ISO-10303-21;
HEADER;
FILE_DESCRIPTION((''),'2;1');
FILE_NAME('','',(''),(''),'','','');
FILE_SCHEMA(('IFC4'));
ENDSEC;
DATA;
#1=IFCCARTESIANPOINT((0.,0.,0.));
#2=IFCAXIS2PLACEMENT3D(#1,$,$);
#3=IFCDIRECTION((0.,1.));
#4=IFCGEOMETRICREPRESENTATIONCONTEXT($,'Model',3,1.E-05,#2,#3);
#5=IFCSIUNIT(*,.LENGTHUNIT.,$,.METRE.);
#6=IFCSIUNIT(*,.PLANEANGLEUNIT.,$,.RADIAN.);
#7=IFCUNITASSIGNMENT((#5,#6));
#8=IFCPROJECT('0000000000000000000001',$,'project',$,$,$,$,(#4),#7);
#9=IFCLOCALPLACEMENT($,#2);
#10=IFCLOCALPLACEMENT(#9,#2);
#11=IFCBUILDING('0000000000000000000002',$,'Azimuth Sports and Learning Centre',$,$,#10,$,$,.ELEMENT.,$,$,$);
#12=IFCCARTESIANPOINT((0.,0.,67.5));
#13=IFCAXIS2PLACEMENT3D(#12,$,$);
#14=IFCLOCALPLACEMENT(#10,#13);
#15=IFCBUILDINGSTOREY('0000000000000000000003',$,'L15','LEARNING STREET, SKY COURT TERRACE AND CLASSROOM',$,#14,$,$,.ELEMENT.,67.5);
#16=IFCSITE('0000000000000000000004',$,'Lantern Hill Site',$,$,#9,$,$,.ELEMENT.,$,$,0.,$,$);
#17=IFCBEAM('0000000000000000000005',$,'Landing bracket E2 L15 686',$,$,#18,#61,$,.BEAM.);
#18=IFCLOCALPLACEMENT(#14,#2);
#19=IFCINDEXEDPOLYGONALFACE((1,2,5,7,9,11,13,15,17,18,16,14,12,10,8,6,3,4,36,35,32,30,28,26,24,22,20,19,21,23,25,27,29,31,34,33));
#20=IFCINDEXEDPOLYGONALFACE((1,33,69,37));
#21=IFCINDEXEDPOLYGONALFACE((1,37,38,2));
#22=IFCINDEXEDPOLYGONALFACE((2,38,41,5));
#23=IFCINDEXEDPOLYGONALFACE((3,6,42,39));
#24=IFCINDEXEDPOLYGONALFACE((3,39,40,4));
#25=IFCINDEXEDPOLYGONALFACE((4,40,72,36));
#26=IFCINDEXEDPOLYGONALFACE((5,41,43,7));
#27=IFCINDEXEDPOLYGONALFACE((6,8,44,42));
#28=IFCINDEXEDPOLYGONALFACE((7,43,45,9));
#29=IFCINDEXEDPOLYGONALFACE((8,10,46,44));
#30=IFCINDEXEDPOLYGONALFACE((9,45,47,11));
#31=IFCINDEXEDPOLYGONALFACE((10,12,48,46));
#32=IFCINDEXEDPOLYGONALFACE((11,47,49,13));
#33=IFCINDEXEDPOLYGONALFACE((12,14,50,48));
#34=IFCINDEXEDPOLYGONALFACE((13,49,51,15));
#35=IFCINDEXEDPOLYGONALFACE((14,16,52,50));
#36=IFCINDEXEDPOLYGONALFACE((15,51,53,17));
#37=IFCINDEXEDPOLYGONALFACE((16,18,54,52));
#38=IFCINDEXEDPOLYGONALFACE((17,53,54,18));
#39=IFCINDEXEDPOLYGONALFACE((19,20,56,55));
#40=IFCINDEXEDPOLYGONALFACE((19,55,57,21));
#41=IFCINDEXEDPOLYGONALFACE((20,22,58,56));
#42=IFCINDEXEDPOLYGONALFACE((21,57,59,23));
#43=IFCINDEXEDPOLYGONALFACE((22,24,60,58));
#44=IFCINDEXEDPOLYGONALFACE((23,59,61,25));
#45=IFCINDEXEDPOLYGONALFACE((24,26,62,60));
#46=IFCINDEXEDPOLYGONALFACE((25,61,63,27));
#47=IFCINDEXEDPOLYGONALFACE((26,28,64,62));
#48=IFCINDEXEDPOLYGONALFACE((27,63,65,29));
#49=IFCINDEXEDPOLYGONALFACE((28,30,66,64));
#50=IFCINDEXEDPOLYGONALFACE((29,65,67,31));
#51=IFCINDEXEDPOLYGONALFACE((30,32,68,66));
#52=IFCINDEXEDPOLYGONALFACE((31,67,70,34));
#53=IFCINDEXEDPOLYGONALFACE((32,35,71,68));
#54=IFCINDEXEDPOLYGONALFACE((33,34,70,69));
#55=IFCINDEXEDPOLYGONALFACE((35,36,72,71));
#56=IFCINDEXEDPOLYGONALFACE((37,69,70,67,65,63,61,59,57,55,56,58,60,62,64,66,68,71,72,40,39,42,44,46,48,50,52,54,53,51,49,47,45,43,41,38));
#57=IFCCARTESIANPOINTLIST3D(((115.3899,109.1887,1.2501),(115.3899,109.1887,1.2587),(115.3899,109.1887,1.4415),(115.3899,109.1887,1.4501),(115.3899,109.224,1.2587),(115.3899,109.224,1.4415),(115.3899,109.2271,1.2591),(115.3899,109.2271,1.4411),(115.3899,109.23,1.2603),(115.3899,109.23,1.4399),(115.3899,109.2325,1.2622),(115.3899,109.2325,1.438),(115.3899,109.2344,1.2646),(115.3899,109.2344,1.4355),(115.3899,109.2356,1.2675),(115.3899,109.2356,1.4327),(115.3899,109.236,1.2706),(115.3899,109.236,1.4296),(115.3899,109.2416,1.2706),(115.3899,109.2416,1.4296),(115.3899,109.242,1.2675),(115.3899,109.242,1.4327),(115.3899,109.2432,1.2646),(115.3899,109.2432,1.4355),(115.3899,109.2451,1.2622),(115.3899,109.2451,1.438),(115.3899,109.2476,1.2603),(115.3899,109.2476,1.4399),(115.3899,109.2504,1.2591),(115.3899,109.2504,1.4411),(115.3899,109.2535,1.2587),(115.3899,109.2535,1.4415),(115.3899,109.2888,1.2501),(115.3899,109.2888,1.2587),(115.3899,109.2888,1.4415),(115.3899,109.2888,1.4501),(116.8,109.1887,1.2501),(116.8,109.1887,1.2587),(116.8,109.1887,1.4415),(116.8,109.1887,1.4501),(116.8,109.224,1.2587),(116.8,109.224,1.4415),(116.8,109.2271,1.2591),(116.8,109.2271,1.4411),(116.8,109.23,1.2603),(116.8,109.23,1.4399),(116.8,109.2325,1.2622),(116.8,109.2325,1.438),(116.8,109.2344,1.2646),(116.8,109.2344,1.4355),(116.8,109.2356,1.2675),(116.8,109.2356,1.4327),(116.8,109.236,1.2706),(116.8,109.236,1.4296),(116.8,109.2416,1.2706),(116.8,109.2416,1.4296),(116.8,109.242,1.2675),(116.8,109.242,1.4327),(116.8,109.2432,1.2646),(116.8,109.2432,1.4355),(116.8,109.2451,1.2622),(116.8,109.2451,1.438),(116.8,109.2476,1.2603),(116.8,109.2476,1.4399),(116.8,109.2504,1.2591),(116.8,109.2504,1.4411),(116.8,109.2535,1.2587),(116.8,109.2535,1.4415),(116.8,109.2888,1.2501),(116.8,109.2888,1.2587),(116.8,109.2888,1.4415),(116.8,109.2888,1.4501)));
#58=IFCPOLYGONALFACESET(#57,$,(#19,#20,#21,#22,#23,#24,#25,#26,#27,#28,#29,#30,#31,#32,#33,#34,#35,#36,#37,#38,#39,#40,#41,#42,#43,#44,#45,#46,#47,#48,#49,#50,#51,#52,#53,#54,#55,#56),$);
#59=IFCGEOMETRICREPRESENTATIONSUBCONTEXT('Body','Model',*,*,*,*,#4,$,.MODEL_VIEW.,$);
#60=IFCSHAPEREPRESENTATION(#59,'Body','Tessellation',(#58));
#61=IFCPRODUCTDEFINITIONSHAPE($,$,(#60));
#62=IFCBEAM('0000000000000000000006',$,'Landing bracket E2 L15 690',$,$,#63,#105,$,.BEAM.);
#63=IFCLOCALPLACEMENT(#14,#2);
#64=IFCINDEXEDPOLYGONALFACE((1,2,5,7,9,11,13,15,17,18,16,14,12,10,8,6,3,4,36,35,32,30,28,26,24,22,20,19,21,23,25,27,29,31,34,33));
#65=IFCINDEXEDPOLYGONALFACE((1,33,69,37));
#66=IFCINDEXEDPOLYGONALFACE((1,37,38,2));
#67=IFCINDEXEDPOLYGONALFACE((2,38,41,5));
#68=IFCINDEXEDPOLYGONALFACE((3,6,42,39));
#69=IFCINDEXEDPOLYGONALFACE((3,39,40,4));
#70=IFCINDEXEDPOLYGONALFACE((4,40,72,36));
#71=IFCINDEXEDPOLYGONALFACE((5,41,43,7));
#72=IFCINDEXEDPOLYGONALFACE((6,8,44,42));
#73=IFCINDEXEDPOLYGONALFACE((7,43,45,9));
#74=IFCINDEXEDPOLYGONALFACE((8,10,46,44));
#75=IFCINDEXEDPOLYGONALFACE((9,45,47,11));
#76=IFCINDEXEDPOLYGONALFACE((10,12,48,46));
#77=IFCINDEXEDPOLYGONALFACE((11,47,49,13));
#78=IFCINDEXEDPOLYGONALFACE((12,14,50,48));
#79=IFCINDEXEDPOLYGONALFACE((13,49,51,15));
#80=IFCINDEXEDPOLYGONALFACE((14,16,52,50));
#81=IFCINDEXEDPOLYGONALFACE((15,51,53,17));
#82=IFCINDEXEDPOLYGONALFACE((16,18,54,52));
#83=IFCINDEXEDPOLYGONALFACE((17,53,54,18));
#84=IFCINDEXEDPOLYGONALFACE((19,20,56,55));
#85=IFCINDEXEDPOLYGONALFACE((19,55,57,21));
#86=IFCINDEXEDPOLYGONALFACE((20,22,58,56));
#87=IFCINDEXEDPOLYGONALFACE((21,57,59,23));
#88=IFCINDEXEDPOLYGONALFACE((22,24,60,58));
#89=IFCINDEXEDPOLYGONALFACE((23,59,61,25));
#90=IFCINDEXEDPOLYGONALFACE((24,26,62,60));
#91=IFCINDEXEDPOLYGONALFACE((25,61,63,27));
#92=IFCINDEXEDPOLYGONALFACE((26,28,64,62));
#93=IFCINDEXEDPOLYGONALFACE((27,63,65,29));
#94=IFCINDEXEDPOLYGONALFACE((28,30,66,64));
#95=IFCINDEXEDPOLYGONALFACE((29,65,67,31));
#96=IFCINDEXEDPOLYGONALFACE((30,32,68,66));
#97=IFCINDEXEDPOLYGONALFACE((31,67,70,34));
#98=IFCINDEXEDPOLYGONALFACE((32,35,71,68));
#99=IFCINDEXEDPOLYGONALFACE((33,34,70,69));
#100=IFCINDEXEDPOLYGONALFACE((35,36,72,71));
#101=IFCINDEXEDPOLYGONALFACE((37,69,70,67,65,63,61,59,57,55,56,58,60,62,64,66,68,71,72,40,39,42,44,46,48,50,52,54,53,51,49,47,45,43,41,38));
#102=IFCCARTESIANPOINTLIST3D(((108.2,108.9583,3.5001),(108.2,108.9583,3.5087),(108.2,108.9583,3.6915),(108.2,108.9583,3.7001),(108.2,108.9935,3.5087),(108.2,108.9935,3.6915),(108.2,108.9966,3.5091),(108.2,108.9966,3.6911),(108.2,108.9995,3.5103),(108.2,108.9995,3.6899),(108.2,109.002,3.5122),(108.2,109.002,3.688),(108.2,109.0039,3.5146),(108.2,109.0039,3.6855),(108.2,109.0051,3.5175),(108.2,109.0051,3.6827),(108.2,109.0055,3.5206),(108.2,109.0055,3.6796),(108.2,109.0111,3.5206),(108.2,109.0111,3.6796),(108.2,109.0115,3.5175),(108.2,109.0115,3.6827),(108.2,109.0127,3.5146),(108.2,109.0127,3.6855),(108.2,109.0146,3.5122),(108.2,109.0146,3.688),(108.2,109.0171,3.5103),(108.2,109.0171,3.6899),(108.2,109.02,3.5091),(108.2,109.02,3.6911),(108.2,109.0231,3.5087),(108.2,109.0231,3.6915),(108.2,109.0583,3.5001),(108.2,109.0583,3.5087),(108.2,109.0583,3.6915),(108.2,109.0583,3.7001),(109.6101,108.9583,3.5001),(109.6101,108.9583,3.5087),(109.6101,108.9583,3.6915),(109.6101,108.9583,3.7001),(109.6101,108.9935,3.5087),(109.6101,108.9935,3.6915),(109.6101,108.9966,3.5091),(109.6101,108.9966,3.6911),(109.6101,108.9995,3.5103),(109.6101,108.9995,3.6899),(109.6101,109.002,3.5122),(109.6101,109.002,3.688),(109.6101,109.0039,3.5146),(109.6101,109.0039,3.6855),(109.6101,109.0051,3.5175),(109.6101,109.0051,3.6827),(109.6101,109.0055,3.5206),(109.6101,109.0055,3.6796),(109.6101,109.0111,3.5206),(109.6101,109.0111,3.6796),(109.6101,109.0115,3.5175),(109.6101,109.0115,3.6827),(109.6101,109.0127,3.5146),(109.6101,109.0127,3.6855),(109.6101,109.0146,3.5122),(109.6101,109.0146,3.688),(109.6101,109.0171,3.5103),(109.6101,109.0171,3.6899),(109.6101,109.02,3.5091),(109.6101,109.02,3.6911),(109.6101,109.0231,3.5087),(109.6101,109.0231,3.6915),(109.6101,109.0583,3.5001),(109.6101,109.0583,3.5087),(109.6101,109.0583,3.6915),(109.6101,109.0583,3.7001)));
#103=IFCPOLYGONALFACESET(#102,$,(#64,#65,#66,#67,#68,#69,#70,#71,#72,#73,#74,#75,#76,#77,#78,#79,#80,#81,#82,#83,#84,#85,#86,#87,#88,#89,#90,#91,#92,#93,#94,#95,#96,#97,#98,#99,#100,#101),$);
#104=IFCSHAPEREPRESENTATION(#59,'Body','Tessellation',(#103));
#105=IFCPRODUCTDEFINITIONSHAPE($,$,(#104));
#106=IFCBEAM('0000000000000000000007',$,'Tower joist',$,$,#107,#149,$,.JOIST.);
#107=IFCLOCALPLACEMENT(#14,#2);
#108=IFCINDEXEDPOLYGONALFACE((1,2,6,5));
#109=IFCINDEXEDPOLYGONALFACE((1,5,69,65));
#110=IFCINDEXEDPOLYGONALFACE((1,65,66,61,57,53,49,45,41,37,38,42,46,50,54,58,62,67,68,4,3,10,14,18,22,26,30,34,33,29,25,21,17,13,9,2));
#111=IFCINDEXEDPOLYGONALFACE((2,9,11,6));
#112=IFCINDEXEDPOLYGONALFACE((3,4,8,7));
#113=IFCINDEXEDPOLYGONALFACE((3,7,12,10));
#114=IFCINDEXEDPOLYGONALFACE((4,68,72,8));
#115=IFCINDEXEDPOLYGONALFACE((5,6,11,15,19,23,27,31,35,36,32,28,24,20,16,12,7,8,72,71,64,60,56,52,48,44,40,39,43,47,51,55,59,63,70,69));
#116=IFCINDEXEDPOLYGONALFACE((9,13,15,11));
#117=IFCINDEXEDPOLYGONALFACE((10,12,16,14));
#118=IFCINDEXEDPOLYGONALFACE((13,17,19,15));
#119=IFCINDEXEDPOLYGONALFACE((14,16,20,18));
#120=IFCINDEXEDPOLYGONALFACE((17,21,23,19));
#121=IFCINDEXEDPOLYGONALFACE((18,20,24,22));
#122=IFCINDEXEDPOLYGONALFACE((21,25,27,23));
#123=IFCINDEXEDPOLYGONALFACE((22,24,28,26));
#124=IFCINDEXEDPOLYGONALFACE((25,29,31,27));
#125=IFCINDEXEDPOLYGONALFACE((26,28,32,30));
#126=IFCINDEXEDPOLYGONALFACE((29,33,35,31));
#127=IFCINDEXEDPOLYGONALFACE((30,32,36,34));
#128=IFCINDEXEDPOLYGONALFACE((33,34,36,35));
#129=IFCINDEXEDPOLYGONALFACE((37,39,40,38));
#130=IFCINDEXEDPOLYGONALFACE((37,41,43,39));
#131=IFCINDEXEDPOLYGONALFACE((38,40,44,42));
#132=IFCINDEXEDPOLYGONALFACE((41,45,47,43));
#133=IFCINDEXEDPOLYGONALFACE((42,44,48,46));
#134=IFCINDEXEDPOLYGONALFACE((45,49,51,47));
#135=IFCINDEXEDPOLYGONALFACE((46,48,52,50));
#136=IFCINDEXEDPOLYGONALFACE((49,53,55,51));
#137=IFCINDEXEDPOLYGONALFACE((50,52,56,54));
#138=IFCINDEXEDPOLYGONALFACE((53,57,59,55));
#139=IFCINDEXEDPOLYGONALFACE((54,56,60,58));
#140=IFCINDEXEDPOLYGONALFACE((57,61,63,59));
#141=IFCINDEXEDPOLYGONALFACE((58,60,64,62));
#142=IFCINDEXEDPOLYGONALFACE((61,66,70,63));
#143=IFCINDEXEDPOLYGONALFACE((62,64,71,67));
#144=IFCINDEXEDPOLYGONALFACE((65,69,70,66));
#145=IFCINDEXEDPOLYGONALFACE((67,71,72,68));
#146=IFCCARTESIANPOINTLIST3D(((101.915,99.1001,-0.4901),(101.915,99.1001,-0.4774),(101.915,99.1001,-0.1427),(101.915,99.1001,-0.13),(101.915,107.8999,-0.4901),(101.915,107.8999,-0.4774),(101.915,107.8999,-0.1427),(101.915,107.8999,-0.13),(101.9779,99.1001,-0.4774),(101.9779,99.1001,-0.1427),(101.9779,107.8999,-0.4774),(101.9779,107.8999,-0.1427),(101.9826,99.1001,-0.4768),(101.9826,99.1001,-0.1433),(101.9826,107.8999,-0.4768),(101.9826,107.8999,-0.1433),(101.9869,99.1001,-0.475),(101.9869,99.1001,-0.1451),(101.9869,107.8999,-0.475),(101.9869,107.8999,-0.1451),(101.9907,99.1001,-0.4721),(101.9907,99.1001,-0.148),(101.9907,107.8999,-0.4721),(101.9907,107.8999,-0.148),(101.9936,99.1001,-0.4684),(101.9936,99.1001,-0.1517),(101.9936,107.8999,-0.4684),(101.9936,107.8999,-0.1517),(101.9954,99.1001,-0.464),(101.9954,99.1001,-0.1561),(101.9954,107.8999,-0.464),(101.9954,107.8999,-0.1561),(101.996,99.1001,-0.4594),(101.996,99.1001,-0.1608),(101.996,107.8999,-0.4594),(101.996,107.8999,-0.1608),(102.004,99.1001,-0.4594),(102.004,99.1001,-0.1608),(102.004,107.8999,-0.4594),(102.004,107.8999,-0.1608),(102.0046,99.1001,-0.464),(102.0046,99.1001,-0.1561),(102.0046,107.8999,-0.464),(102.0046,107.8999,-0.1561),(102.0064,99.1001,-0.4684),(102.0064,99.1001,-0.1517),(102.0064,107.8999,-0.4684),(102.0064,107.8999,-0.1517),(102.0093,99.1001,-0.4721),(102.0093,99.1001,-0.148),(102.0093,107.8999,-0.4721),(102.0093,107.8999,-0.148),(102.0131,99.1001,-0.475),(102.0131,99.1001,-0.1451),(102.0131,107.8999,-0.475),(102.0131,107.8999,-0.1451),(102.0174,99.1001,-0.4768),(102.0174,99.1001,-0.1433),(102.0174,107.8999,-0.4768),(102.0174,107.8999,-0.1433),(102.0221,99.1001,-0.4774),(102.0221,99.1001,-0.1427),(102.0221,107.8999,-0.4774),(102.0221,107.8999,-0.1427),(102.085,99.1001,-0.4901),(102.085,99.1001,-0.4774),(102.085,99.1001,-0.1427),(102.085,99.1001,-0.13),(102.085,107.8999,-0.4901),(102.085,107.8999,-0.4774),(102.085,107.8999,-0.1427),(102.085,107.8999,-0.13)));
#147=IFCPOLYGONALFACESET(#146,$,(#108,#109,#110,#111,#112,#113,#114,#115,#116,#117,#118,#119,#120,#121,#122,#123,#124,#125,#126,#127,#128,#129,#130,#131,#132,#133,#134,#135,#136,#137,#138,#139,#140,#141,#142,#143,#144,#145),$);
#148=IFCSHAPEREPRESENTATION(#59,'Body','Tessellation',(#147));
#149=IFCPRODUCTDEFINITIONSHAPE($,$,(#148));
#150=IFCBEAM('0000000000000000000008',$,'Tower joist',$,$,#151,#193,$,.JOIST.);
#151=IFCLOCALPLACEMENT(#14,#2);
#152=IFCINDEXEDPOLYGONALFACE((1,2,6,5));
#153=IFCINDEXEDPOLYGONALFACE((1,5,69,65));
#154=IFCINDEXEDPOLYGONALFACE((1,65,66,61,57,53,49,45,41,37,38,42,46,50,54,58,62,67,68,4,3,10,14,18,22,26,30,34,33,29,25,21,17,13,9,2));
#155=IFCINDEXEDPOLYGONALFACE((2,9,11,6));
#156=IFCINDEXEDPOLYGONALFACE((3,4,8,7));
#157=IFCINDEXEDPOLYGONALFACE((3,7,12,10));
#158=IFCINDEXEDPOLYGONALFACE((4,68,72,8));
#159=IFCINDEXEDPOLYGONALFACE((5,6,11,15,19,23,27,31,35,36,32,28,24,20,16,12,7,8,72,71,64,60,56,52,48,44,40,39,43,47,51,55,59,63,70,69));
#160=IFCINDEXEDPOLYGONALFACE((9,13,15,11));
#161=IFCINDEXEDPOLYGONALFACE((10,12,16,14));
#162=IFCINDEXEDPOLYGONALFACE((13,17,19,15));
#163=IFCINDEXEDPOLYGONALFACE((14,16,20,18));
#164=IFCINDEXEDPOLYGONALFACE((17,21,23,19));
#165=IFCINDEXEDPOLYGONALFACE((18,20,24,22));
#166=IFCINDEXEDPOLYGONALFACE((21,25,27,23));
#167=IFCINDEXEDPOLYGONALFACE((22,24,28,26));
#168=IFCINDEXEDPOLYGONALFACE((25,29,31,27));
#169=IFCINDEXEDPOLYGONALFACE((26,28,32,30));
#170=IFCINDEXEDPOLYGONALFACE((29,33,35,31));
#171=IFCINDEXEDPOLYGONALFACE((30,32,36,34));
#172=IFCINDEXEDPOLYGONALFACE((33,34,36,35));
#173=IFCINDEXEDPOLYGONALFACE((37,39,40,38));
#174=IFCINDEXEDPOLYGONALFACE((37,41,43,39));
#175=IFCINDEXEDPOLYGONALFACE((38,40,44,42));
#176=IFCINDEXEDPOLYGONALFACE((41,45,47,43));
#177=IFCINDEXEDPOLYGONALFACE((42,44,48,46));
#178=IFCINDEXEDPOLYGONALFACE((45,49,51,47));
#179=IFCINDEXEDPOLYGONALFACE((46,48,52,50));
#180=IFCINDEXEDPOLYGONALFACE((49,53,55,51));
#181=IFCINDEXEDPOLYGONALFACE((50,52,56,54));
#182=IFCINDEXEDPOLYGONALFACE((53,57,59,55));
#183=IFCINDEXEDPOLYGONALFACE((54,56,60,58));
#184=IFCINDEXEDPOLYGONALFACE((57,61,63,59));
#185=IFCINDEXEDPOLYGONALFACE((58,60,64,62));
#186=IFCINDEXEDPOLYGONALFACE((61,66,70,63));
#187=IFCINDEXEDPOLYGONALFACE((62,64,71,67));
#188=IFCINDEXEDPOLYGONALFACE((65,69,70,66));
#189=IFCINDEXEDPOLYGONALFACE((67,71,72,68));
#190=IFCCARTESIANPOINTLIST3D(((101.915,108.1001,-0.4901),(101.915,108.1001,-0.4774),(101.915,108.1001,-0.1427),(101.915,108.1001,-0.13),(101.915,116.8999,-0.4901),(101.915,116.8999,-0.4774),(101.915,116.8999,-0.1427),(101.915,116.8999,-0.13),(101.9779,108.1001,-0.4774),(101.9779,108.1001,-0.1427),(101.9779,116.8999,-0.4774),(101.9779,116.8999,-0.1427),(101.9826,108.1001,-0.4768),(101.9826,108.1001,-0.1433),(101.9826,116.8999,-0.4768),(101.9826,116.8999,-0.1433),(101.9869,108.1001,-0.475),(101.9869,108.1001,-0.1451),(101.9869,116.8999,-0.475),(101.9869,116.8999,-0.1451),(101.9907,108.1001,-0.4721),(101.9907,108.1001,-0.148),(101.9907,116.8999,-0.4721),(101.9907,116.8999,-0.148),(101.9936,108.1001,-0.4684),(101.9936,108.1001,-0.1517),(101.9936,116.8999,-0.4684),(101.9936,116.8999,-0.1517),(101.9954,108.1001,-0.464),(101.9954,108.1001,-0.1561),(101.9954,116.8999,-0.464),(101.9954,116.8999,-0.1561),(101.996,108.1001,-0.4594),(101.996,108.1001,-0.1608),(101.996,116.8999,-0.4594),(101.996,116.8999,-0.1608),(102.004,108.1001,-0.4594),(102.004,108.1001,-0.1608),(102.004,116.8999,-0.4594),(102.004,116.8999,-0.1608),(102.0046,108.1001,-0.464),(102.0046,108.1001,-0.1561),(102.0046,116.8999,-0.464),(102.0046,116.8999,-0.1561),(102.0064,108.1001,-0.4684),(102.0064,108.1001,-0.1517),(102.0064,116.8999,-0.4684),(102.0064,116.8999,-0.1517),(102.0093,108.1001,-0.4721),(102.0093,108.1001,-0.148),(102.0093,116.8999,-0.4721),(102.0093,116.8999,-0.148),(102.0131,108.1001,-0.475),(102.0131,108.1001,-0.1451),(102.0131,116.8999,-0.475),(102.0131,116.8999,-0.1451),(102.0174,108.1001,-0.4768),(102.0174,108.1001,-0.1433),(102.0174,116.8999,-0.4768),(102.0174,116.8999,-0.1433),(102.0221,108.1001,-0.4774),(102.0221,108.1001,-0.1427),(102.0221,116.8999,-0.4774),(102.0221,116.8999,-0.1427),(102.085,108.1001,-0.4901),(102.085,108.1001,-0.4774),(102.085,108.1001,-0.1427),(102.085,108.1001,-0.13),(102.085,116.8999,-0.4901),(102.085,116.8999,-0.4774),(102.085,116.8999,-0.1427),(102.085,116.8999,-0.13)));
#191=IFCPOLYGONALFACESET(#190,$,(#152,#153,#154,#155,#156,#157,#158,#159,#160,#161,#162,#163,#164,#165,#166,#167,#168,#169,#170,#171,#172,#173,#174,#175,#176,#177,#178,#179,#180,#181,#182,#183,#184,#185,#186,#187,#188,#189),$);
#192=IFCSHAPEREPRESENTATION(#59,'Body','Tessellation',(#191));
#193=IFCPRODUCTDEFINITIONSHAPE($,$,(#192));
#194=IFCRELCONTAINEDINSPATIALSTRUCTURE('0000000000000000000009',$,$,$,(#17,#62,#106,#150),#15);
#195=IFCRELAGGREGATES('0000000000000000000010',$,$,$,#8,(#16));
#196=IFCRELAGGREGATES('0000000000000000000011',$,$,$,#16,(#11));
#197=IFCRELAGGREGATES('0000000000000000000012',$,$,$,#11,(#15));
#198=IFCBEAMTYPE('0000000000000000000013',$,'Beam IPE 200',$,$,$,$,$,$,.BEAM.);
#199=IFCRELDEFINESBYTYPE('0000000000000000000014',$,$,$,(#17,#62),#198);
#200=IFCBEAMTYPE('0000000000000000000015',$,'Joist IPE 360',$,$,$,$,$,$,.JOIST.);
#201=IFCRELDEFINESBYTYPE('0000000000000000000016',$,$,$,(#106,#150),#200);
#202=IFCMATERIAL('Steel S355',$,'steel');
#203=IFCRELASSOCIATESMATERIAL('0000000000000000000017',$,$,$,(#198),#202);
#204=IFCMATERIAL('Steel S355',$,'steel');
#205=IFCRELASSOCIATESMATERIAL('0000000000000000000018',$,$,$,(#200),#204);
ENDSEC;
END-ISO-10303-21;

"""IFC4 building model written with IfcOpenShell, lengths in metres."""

from ifc_helpers import new_model, si_unit, direction, frame, origin, origin_2d, place, context, subcontext, project, spatial, i_section, extrude, material, material_profile, profile_set, type_object, element, save


model = new_model("IFC4")

# Units and contexts
model_context = context("Model", 3, precision=1e-05, world=origin(), true_north=direction((0.0, 1.0)))
body_context = subcontext(model_context, "Body", "Model", "MODEL_VIEW")
ifc_project = project(units=[si_unit("LENGTHUNIT", "METRE"), si_unit("PLANEANGLEUNIT", "RADIAN")], contexts=[model_context])

# Site, building, storey
site_placement = place(None, origin())
site = spatial("IfcSite", under=ifc_project, at=site_placement, Name="Lantern Hill Site", CompositionType="ELEMENT", RefElevation=0.0)
building_placement = place(site_placement, origin())
building = spatial("IfcBuilding", under=site, at=building_placement, Name="Azimuth Sports and Learning Centre", CompositionType="ELEMENT")
storey_placement = place(building_placement, frame((0.0, 0.0, 67.5)))
storey = spatial("IfcBuildingStorey", under=building, at=storey_placement, Name="L15", Description="LEARNING STREET, SKY COURT TERRACE AND CLASSROOM", CompositionType="ELEMENT", Elevation=67.5)

# Beams
ifc_material_1 = material(Name="Steel S355", Category="steel")
ifc_material_profile_1 = material_profile(ifc_material_1, i_section(OverallWidth=0.1001, OverallDepth=0.2, WebThickness=0.0056, FlangeThickness=0.0085, FilletRadius=0.012, at=origin_2d()), Name="IPE 200")
ifc_profile_set_1 = profile_set([ifc_material_profile_1], Name="Steel S355")
beam_type_1 = type_object("IfcBeamType", Name="Beam IPE 200", PredefinedType="BEAM", material=ifc_profile_set_1)
for number, where, z_axis, x_axis, name in (
    (1, (116.8, 109.2388, 1.3501), (-1.0, 0.0, 0.0), (0.0, -1.0, 0.0), "Landing bracket E2 L15 686"),
    (2, (108.2, 109.0083, 3.6001), (1.0, 0.0, 0.0), (0.0, 1.0, 0.0), "Landing bracket E2 L15 690"),
):
    element("IfcBeam", number, at=place(storey_placement, frame(where, z_axis=z_axis, x_axis=x_axis)), inside=storey, type_object=beam_type_1, Name=name, PredefinedType="BEAM", context=body_context, shape_type="SweptSolid", body=[
        extrude(i_section(OverallWidth=0.1001, OverallDepth=0.2, WebThickness=0.0056, FlangeThickness=0.0085, FilletRadius=0.012, at=origin_2d()), origin(), (0.0, 0.0, 1.0), 1.4102),
    ])
ifc_material_2 = material(Name="Steel S355", Category="steel")
ifc_material_profile_2 = material_profile(ifc_material_2, i_section(OverallWidth=0.1699, OverallDepth=0.3601, WebThickness=0.0081, FlangeThickness=0.0127, FilletRadius=0.0181, at=origin_2d()), Name="IPE 360")
ifc_profile_set_2 = profile_set([ifc_material_profile_2], Name="Steel S355")
beam_type_2 = type_object("IfcBeamType", Name="Joist IPE 360", PredefinedType="JOIST", material=ifc_profile_set_2)
for number, where, z_axis, x_axis, name in (
    (3, (102.0, 99.1001, -0.3101), (0.0, 1.0, 0.0), (-1.0, 0.0, 0.0), "Tower joist"),
    (4, (102.0, 108.1001, -0.3101), (0.0, 1.0, 0.0), (-1.0, 0.0, 0.0), "Tower joist"),
):
    element("IfcBeam", number, at=place(storey_placement, frame(where, z_axis=z_axis, x_axis=x_axis)), inside=storey, type_object=beam_type_2, Name=name, PredefinedType="JOIST", context=body_context, shape_type="SweptSolid", body=[
        extrude(i_section(OverallWidth=0.1699, OverallDepth=0.3601, WebThickness=0.0081, FlangeThickness=0.0127, FilletRadius=0.0181, at=origin_2d()), origin(), (0.0, 0.0, 1.0), 8.7998),
    ])

save(model, "model.ifc")
